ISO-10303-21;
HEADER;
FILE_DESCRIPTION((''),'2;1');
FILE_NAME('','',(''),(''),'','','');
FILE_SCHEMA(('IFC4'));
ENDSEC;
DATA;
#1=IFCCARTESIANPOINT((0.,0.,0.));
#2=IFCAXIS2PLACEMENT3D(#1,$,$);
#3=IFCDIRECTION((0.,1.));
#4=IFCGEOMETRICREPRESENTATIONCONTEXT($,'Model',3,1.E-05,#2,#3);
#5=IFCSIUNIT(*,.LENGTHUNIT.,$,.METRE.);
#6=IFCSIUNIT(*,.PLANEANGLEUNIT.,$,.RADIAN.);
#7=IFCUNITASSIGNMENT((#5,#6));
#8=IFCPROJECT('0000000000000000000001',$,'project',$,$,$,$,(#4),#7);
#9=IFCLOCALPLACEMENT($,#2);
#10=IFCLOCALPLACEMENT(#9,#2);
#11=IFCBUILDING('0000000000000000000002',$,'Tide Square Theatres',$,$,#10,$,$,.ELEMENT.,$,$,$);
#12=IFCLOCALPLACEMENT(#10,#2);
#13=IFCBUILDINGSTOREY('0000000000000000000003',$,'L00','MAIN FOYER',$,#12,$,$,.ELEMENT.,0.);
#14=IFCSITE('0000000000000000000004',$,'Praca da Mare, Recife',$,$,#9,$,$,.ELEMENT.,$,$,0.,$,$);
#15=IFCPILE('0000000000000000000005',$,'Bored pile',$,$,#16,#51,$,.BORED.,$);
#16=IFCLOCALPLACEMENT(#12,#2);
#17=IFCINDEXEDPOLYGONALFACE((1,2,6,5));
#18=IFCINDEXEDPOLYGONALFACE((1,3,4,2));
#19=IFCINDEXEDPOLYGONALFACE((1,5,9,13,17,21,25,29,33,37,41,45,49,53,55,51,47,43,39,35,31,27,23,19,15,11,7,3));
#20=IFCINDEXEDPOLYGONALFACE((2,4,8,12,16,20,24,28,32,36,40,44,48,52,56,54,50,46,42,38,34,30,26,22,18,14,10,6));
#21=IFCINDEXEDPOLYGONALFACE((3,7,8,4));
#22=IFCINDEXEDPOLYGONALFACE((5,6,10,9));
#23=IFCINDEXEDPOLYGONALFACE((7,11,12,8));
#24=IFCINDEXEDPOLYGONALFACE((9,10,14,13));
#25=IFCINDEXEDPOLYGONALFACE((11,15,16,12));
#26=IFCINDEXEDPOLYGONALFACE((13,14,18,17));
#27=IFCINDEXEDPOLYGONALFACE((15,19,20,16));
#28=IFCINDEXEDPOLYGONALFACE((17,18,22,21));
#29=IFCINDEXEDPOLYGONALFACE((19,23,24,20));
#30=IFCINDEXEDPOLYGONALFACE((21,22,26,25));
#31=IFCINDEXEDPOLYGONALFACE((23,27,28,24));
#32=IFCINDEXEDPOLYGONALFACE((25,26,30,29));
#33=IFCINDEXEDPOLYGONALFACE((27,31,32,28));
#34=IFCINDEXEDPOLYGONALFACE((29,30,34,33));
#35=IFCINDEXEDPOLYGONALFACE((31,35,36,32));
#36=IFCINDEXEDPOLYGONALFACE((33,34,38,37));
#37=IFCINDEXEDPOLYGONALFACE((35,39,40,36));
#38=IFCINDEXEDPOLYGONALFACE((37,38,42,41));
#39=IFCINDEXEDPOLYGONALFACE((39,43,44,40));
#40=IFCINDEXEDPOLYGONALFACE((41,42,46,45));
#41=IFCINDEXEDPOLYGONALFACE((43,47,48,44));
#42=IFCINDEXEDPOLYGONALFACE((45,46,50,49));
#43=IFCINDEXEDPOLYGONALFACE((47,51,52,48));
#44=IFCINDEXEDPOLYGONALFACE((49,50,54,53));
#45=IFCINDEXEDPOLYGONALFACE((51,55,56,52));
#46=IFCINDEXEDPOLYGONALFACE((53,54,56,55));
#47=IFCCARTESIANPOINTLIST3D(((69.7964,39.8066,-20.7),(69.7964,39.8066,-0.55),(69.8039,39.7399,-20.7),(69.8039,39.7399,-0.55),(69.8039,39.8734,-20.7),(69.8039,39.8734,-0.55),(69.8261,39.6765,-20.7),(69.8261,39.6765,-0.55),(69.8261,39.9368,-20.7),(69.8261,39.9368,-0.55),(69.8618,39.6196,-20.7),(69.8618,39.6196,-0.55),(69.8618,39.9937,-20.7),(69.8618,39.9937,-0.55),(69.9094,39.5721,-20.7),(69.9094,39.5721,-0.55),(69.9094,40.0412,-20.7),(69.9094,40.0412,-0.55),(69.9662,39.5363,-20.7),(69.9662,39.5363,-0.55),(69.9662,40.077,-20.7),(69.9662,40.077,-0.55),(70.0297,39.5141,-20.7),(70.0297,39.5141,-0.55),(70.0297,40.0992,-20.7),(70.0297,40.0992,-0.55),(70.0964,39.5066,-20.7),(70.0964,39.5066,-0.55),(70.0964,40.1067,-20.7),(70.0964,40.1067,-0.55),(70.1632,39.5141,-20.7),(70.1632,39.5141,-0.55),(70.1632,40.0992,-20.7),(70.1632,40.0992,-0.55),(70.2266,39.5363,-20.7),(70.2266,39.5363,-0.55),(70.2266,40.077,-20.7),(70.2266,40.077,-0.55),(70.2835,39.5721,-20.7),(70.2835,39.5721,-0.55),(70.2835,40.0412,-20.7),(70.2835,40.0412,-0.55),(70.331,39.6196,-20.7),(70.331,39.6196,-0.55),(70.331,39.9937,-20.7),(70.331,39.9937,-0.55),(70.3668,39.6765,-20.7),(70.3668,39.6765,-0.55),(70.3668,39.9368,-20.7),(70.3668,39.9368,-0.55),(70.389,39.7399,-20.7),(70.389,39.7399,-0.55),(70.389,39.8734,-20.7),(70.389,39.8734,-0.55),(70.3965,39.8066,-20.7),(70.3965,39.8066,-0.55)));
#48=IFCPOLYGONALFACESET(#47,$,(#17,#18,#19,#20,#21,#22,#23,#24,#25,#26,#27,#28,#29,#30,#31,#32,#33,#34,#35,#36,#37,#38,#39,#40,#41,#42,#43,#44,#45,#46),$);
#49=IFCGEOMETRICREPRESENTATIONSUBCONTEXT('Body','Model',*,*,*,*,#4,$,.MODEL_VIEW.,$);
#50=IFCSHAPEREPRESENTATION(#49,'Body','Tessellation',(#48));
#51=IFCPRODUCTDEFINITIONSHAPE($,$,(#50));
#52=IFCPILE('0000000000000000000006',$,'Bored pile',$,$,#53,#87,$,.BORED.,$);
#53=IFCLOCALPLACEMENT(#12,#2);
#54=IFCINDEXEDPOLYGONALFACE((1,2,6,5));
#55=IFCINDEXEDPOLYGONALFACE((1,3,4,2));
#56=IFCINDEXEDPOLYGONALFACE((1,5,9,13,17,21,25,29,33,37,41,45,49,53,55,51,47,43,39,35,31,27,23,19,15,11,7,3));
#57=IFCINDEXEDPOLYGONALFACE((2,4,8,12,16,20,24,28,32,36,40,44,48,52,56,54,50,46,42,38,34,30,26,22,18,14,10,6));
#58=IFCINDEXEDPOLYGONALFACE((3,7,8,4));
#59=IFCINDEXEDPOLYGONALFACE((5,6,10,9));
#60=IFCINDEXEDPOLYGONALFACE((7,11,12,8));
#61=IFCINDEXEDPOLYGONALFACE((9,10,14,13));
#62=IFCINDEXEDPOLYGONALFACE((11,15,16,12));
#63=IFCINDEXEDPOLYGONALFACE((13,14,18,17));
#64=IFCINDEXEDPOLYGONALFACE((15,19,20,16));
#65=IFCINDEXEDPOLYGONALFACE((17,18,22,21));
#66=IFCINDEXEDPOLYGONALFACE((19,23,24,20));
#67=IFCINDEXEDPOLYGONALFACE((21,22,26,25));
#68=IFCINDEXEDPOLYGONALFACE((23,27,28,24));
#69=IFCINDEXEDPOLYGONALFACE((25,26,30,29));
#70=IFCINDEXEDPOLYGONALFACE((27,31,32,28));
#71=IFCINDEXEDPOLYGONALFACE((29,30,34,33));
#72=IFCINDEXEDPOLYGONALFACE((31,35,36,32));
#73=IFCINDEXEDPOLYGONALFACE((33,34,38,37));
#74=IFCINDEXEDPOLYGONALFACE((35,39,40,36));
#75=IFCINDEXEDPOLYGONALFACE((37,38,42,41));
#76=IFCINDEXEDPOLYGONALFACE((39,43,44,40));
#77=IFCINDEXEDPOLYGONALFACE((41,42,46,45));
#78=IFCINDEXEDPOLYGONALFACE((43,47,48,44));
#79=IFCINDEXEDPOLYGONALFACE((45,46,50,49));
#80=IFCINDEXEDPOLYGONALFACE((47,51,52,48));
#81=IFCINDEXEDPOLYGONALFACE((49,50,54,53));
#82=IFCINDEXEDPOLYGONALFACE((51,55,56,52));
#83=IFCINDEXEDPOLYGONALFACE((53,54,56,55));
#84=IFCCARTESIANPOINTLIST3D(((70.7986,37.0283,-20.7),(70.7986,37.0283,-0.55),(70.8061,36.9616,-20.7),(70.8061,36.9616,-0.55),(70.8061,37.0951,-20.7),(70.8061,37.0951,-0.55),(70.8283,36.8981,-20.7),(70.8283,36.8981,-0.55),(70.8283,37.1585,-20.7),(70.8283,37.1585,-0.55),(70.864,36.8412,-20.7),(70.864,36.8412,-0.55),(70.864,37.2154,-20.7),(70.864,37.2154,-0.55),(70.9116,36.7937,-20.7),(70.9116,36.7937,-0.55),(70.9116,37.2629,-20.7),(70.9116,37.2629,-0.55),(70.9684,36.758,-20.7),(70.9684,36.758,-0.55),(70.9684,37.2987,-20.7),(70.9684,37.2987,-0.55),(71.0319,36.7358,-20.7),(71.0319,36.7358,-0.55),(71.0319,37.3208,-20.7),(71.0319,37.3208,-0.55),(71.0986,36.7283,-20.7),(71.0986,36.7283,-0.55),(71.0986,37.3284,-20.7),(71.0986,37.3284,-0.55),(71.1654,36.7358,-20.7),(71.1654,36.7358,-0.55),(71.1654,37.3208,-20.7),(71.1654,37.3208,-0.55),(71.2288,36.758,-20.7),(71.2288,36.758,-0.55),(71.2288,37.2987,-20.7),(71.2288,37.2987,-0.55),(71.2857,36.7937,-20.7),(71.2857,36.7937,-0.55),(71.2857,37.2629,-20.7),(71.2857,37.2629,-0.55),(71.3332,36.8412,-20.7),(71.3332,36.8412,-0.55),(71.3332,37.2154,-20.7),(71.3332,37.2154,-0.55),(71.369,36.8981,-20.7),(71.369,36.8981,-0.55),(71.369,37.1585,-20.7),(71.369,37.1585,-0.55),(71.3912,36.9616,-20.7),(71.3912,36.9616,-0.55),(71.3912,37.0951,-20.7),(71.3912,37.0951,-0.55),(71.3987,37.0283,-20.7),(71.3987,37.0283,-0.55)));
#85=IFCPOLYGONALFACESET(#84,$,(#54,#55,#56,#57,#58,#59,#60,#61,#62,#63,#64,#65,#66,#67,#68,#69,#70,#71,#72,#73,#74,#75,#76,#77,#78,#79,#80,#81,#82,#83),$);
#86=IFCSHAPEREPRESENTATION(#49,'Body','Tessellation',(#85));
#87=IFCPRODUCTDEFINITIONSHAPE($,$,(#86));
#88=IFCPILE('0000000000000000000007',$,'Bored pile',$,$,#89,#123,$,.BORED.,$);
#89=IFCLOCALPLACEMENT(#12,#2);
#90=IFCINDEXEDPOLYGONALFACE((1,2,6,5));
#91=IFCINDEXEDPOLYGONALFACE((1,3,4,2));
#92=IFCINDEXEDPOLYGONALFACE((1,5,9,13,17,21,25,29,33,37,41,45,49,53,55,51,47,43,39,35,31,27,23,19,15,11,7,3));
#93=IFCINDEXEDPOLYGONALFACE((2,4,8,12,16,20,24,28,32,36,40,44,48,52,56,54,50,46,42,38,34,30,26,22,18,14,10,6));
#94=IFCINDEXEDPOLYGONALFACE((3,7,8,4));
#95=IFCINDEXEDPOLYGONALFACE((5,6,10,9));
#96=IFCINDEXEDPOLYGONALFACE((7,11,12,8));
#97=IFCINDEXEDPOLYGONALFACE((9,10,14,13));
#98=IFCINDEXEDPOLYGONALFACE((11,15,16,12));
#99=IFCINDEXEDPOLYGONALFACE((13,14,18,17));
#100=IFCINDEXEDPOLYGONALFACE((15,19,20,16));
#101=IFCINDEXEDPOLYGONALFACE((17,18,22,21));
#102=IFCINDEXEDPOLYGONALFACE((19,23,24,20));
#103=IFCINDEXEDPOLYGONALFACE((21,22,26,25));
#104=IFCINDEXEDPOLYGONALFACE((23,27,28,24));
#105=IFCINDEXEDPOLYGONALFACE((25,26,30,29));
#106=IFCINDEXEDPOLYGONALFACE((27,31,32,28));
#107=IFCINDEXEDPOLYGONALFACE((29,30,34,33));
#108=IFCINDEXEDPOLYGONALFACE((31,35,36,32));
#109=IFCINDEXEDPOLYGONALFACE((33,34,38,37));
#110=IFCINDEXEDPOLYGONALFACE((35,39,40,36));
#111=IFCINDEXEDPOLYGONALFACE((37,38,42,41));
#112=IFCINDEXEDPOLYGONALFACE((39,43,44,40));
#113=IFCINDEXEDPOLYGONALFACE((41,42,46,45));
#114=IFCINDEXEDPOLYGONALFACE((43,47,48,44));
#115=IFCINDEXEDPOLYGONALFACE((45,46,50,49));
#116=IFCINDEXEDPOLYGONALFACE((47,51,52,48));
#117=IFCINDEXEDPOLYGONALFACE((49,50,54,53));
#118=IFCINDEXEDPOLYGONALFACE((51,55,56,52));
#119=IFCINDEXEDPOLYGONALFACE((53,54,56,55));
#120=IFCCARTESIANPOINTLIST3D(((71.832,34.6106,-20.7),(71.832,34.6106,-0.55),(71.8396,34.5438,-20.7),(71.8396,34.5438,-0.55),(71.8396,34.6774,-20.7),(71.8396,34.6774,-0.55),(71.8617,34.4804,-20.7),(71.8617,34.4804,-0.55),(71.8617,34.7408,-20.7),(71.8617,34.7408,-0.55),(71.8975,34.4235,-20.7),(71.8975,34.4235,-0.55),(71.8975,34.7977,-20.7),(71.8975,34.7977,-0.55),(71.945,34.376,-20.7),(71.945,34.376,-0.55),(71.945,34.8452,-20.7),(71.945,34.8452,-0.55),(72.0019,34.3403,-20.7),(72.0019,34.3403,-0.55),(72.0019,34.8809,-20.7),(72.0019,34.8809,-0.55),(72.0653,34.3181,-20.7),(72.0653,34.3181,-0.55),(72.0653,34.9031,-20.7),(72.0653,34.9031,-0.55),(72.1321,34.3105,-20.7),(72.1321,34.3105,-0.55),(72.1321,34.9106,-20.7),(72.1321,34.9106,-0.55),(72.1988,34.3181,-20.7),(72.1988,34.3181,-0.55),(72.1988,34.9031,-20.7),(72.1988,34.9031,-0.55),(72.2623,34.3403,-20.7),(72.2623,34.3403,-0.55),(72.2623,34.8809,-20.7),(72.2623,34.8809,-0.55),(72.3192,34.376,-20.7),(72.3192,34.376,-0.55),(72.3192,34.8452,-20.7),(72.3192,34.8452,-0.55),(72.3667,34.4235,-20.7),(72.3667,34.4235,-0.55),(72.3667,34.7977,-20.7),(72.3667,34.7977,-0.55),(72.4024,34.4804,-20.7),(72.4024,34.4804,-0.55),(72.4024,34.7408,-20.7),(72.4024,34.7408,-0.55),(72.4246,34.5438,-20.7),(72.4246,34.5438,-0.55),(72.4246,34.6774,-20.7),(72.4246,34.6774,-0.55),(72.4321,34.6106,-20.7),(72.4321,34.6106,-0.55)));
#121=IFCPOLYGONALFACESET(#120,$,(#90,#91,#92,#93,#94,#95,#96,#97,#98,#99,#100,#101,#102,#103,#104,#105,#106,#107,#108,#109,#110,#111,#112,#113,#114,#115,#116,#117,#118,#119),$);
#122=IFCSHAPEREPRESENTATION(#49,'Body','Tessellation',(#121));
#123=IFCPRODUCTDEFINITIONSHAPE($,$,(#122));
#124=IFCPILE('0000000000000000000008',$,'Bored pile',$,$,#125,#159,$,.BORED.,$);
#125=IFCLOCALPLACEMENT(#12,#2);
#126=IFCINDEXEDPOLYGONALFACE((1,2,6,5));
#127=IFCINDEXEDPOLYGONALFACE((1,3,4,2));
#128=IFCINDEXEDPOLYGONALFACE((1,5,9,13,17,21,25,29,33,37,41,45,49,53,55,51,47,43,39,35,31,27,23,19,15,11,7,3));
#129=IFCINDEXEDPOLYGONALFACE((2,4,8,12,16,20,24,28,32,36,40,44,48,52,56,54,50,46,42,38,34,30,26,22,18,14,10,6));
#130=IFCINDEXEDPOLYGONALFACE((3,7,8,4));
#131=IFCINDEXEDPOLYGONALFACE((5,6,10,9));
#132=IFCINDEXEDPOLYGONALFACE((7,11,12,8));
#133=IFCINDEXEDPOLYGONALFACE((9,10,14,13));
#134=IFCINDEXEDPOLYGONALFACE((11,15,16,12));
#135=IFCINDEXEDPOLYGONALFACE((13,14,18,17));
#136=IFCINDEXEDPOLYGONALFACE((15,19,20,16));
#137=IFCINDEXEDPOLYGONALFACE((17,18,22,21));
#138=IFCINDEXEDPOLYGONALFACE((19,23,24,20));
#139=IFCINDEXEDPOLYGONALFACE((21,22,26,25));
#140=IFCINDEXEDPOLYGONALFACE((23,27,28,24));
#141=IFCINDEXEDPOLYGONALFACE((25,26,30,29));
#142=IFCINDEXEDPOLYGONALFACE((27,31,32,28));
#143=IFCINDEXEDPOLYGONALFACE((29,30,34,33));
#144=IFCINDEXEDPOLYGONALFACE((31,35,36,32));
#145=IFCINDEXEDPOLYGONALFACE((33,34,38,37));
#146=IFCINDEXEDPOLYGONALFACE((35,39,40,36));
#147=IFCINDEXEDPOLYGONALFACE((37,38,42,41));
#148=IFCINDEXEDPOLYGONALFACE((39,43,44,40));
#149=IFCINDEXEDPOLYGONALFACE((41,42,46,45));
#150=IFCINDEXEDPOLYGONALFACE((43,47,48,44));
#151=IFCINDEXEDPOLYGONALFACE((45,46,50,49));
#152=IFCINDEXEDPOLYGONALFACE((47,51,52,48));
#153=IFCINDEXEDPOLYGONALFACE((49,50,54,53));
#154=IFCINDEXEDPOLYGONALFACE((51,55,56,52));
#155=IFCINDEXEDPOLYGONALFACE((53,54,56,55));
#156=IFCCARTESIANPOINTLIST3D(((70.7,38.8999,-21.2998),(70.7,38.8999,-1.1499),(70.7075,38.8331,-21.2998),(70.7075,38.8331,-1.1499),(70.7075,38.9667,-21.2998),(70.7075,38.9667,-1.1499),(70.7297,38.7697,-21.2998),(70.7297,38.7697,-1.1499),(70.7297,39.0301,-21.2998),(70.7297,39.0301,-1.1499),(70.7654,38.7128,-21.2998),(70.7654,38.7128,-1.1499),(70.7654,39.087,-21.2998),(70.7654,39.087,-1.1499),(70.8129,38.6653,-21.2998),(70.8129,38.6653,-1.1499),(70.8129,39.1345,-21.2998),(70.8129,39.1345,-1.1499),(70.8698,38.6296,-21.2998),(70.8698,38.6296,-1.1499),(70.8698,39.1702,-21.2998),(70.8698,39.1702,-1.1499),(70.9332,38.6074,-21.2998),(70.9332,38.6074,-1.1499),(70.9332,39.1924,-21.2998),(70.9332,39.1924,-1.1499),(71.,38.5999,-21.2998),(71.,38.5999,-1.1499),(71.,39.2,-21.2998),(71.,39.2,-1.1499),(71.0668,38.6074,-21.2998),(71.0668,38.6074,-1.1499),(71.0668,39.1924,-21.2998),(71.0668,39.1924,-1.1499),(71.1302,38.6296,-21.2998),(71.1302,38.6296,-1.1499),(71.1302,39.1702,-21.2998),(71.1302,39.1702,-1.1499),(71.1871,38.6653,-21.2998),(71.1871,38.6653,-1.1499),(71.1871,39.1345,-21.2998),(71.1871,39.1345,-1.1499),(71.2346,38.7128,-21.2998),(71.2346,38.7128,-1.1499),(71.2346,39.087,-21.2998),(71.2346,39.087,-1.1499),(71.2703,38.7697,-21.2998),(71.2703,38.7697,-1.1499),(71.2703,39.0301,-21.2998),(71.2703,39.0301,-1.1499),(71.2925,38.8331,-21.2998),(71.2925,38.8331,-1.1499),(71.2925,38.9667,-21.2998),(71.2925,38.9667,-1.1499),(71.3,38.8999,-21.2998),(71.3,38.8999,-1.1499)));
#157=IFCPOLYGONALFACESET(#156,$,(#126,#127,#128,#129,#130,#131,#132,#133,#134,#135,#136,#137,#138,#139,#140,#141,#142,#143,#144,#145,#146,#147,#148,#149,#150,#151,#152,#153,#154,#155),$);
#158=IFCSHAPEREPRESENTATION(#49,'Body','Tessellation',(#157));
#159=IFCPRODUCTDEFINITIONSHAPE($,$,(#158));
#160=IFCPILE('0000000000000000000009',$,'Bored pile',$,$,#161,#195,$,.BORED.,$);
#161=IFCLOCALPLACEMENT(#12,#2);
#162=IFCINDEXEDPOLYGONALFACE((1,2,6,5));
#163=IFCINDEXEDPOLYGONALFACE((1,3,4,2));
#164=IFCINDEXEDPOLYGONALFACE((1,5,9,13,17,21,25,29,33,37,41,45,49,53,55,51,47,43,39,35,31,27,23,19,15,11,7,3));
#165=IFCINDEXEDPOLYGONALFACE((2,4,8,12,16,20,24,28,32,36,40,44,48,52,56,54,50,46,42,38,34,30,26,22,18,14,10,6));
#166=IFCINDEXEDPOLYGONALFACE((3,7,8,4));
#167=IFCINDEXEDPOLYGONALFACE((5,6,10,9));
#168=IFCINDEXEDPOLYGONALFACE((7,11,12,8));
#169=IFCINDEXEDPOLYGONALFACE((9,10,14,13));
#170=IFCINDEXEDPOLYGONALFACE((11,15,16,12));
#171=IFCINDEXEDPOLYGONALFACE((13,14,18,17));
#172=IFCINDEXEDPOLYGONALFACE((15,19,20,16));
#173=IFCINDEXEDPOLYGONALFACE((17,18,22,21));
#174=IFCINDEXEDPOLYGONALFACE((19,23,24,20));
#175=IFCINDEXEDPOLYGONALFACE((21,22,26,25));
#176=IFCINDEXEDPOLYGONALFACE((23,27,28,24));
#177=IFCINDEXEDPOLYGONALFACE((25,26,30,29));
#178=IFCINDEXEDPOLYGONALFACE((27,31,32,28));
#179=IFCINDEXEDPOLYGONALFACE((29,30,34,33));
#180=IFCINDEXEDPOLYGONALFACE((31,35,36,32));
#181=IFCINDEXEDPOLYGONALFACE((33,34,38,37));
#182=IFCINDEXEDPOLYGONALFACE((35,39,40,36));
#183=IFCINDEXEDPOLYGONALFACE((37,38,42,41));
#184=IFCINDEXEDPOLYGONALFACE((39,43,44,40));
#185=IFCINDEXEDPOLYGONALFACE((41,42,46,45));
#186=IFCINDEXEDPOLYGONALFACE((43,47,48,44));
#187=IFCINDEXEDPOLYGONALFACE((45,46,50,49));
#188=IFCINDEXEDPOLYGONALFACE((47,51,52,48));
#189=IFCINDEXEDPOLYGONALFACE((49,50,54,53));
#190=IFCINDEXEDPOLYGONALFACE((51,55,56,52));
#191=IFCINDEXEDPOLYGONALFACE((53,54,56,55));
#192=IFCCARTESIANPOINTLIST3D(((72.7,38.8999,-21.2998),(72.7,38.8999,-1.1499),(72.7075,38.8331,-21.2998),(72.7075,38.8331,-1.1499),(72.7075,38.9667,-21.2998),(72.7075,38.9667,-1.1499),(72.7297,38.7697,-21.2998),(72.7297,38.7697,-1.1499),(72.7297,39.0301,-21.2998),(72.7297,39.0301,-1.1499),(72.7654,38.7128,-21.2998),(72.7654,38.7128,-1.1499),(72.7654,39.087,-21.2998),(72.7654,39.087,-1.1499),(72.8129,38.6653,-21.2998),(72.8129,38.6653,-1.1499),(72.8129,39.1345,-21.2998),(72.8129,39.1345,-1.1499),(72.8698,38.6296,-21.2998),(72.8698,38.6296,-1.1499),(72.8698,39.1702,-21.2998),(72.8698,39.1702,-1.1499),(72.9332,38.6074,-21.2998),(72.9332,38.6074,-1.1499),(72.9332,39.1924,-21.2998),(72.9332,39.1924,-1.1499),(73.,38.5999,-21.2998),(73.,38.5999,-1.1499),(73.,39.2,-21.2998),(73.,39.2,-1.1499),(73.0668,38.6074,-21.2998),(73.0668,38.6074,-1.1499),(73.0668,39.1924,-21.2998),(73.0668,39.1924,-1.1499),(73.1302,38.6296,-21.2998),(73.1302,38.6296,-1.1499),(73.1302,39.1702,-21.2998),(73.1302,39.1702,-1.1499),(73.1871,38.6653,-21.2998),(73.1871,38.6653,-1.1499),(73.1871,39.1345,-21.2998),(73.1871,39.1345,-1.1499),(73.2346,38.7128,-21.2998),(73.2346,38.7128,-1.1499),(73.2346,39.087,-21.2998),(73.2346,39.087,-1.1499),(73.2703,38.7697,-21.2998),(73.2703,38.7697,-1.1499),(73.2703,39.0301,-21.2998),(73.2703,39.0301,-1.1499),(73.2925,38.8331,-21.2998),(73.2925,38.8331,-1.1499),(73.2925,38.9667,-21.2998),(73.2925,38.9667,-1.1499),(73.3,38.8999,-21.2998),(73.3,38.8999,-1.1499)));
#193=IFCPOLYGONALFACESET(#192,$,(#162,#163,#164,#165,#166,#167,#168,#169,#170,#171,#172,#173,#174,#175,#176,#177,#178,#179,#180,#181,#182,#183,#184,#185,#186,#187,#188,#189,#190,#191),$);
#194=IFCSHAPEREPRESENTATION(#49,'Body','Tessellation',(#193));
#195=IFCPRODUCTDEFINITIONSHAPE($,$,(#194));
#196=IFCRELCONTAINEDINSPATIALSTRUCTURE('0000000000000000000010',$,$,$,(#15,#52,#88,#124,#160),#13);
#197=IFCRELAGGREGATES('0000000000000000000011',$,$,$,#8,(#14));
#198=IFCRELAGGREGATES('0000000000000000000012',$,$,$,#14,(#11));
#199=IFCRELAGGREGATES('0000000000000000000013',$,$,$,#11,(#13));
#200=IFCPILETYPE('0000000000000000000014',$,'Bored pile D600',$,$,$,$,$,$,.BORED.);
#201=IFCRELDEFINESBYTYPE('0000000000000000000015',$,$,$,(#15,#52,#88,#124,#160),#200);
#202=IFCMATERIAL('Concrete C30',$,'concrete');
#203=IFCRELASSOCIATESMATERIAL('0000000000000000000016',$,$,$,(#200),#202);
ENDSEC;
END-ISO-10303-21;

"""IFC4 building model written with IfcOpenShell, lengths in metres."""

from ifc_helpers import new_model, si_unit, direction, frame, origin, origin_2d, place, context, subcontext, project, spatial, circle, extrude, material, material_profile, profile_set, type_object, element, save


model = new_model("IFC4")

# Units and contexts
model_context = context("Model", 3, precision=1e-05, world=origin(), true_north=direction((0.0, 1.0)))
body_context = subcontext(model_context, "Body", "Model", "MODEL_VIEW")
ifc_project = project(units=[si_unit("LENGTHUNIT", "METRE"), si_unit("PLANEANGLEUNIT", "RADIAN")], contexts=[model_context])

# Site, building, storey
site_placement = place(None, origin())
site = spatial("IfcSite", under=ifc_project, at=site_placement, Name="Praca da Mare, Recife", CompositionType="ELEMENT", RefElevation=0.0)
building_placement = place(site_placement, origin())
building = spatial("IfcBuilding", under=site, at=building_placement, Name="Tide Square Theatres", CompositionType="ELEMENT")
storey_placement = place(building_placement, origin())
storey = spatial("IfcBuildingStorey", under=building, at=storey_placement, Name="L00", Description="MAIN FOYER", CompositionType="ELEMENT", Elevation=0.0)

# Piles
ifc_material_1 = material(Name="Concrete C30", Category="concrete")
ifc_material_profile_1 = material_profile(ifc_material_1, circle(Radius=0.3, at=origin_2d()))
ifc_profile_set_1 = profile_set([ifc_material_profile_1], Name="Concrete C30")
pile_type_1 = type_object("IfcPileType", Name="Bored pile D600", PredefinedType="BORED", material=ifc_profile_set_1)
for number, where, z_axis, x_axis, name in (
    (1, (70.0964, 39.8066, -0.55), (0.0, 0.0, -1.0), (1.0, 0.0, 0.0), "Bored pile"),
    (2, (71.0986, 37.0283, -0.55), (0.0, 0.0, -1.0), (1.0, 0.0, 0.0), "Bored pile"),
    (3, (72.1321, 34.6106, -0.55), (0.0, 0.0, -1.0), (1.0, 0.0, 0.0), "Bored pile"),
    (4, (71.0, 38.8999, -1.1499), (0.0, 0.0, -1.0), (1.0, 0.0, 0.0), "Bored pile"),
    (5, (73.0, 38.8999, -1.1499), (0.0, 0.0, -1.0), (1.0, 0.0, 0.0), "Bored pile"),
):
    element("IfcPile", number, at=place(storey_placement, frame(where, z_axis=z_axis, x_axis=x_axis)), inside=storey, type_object=pile_type_1, Name=name, PredefinedType="BORED", context=body_context, shape_type="SweptSolid", body=[
        extrude(circle(Radius=0.3, at=origin_2d()), origin(), (0.0, 0.0, 1.0), 20.1499),
    ])

save(model, "model.ifc")
